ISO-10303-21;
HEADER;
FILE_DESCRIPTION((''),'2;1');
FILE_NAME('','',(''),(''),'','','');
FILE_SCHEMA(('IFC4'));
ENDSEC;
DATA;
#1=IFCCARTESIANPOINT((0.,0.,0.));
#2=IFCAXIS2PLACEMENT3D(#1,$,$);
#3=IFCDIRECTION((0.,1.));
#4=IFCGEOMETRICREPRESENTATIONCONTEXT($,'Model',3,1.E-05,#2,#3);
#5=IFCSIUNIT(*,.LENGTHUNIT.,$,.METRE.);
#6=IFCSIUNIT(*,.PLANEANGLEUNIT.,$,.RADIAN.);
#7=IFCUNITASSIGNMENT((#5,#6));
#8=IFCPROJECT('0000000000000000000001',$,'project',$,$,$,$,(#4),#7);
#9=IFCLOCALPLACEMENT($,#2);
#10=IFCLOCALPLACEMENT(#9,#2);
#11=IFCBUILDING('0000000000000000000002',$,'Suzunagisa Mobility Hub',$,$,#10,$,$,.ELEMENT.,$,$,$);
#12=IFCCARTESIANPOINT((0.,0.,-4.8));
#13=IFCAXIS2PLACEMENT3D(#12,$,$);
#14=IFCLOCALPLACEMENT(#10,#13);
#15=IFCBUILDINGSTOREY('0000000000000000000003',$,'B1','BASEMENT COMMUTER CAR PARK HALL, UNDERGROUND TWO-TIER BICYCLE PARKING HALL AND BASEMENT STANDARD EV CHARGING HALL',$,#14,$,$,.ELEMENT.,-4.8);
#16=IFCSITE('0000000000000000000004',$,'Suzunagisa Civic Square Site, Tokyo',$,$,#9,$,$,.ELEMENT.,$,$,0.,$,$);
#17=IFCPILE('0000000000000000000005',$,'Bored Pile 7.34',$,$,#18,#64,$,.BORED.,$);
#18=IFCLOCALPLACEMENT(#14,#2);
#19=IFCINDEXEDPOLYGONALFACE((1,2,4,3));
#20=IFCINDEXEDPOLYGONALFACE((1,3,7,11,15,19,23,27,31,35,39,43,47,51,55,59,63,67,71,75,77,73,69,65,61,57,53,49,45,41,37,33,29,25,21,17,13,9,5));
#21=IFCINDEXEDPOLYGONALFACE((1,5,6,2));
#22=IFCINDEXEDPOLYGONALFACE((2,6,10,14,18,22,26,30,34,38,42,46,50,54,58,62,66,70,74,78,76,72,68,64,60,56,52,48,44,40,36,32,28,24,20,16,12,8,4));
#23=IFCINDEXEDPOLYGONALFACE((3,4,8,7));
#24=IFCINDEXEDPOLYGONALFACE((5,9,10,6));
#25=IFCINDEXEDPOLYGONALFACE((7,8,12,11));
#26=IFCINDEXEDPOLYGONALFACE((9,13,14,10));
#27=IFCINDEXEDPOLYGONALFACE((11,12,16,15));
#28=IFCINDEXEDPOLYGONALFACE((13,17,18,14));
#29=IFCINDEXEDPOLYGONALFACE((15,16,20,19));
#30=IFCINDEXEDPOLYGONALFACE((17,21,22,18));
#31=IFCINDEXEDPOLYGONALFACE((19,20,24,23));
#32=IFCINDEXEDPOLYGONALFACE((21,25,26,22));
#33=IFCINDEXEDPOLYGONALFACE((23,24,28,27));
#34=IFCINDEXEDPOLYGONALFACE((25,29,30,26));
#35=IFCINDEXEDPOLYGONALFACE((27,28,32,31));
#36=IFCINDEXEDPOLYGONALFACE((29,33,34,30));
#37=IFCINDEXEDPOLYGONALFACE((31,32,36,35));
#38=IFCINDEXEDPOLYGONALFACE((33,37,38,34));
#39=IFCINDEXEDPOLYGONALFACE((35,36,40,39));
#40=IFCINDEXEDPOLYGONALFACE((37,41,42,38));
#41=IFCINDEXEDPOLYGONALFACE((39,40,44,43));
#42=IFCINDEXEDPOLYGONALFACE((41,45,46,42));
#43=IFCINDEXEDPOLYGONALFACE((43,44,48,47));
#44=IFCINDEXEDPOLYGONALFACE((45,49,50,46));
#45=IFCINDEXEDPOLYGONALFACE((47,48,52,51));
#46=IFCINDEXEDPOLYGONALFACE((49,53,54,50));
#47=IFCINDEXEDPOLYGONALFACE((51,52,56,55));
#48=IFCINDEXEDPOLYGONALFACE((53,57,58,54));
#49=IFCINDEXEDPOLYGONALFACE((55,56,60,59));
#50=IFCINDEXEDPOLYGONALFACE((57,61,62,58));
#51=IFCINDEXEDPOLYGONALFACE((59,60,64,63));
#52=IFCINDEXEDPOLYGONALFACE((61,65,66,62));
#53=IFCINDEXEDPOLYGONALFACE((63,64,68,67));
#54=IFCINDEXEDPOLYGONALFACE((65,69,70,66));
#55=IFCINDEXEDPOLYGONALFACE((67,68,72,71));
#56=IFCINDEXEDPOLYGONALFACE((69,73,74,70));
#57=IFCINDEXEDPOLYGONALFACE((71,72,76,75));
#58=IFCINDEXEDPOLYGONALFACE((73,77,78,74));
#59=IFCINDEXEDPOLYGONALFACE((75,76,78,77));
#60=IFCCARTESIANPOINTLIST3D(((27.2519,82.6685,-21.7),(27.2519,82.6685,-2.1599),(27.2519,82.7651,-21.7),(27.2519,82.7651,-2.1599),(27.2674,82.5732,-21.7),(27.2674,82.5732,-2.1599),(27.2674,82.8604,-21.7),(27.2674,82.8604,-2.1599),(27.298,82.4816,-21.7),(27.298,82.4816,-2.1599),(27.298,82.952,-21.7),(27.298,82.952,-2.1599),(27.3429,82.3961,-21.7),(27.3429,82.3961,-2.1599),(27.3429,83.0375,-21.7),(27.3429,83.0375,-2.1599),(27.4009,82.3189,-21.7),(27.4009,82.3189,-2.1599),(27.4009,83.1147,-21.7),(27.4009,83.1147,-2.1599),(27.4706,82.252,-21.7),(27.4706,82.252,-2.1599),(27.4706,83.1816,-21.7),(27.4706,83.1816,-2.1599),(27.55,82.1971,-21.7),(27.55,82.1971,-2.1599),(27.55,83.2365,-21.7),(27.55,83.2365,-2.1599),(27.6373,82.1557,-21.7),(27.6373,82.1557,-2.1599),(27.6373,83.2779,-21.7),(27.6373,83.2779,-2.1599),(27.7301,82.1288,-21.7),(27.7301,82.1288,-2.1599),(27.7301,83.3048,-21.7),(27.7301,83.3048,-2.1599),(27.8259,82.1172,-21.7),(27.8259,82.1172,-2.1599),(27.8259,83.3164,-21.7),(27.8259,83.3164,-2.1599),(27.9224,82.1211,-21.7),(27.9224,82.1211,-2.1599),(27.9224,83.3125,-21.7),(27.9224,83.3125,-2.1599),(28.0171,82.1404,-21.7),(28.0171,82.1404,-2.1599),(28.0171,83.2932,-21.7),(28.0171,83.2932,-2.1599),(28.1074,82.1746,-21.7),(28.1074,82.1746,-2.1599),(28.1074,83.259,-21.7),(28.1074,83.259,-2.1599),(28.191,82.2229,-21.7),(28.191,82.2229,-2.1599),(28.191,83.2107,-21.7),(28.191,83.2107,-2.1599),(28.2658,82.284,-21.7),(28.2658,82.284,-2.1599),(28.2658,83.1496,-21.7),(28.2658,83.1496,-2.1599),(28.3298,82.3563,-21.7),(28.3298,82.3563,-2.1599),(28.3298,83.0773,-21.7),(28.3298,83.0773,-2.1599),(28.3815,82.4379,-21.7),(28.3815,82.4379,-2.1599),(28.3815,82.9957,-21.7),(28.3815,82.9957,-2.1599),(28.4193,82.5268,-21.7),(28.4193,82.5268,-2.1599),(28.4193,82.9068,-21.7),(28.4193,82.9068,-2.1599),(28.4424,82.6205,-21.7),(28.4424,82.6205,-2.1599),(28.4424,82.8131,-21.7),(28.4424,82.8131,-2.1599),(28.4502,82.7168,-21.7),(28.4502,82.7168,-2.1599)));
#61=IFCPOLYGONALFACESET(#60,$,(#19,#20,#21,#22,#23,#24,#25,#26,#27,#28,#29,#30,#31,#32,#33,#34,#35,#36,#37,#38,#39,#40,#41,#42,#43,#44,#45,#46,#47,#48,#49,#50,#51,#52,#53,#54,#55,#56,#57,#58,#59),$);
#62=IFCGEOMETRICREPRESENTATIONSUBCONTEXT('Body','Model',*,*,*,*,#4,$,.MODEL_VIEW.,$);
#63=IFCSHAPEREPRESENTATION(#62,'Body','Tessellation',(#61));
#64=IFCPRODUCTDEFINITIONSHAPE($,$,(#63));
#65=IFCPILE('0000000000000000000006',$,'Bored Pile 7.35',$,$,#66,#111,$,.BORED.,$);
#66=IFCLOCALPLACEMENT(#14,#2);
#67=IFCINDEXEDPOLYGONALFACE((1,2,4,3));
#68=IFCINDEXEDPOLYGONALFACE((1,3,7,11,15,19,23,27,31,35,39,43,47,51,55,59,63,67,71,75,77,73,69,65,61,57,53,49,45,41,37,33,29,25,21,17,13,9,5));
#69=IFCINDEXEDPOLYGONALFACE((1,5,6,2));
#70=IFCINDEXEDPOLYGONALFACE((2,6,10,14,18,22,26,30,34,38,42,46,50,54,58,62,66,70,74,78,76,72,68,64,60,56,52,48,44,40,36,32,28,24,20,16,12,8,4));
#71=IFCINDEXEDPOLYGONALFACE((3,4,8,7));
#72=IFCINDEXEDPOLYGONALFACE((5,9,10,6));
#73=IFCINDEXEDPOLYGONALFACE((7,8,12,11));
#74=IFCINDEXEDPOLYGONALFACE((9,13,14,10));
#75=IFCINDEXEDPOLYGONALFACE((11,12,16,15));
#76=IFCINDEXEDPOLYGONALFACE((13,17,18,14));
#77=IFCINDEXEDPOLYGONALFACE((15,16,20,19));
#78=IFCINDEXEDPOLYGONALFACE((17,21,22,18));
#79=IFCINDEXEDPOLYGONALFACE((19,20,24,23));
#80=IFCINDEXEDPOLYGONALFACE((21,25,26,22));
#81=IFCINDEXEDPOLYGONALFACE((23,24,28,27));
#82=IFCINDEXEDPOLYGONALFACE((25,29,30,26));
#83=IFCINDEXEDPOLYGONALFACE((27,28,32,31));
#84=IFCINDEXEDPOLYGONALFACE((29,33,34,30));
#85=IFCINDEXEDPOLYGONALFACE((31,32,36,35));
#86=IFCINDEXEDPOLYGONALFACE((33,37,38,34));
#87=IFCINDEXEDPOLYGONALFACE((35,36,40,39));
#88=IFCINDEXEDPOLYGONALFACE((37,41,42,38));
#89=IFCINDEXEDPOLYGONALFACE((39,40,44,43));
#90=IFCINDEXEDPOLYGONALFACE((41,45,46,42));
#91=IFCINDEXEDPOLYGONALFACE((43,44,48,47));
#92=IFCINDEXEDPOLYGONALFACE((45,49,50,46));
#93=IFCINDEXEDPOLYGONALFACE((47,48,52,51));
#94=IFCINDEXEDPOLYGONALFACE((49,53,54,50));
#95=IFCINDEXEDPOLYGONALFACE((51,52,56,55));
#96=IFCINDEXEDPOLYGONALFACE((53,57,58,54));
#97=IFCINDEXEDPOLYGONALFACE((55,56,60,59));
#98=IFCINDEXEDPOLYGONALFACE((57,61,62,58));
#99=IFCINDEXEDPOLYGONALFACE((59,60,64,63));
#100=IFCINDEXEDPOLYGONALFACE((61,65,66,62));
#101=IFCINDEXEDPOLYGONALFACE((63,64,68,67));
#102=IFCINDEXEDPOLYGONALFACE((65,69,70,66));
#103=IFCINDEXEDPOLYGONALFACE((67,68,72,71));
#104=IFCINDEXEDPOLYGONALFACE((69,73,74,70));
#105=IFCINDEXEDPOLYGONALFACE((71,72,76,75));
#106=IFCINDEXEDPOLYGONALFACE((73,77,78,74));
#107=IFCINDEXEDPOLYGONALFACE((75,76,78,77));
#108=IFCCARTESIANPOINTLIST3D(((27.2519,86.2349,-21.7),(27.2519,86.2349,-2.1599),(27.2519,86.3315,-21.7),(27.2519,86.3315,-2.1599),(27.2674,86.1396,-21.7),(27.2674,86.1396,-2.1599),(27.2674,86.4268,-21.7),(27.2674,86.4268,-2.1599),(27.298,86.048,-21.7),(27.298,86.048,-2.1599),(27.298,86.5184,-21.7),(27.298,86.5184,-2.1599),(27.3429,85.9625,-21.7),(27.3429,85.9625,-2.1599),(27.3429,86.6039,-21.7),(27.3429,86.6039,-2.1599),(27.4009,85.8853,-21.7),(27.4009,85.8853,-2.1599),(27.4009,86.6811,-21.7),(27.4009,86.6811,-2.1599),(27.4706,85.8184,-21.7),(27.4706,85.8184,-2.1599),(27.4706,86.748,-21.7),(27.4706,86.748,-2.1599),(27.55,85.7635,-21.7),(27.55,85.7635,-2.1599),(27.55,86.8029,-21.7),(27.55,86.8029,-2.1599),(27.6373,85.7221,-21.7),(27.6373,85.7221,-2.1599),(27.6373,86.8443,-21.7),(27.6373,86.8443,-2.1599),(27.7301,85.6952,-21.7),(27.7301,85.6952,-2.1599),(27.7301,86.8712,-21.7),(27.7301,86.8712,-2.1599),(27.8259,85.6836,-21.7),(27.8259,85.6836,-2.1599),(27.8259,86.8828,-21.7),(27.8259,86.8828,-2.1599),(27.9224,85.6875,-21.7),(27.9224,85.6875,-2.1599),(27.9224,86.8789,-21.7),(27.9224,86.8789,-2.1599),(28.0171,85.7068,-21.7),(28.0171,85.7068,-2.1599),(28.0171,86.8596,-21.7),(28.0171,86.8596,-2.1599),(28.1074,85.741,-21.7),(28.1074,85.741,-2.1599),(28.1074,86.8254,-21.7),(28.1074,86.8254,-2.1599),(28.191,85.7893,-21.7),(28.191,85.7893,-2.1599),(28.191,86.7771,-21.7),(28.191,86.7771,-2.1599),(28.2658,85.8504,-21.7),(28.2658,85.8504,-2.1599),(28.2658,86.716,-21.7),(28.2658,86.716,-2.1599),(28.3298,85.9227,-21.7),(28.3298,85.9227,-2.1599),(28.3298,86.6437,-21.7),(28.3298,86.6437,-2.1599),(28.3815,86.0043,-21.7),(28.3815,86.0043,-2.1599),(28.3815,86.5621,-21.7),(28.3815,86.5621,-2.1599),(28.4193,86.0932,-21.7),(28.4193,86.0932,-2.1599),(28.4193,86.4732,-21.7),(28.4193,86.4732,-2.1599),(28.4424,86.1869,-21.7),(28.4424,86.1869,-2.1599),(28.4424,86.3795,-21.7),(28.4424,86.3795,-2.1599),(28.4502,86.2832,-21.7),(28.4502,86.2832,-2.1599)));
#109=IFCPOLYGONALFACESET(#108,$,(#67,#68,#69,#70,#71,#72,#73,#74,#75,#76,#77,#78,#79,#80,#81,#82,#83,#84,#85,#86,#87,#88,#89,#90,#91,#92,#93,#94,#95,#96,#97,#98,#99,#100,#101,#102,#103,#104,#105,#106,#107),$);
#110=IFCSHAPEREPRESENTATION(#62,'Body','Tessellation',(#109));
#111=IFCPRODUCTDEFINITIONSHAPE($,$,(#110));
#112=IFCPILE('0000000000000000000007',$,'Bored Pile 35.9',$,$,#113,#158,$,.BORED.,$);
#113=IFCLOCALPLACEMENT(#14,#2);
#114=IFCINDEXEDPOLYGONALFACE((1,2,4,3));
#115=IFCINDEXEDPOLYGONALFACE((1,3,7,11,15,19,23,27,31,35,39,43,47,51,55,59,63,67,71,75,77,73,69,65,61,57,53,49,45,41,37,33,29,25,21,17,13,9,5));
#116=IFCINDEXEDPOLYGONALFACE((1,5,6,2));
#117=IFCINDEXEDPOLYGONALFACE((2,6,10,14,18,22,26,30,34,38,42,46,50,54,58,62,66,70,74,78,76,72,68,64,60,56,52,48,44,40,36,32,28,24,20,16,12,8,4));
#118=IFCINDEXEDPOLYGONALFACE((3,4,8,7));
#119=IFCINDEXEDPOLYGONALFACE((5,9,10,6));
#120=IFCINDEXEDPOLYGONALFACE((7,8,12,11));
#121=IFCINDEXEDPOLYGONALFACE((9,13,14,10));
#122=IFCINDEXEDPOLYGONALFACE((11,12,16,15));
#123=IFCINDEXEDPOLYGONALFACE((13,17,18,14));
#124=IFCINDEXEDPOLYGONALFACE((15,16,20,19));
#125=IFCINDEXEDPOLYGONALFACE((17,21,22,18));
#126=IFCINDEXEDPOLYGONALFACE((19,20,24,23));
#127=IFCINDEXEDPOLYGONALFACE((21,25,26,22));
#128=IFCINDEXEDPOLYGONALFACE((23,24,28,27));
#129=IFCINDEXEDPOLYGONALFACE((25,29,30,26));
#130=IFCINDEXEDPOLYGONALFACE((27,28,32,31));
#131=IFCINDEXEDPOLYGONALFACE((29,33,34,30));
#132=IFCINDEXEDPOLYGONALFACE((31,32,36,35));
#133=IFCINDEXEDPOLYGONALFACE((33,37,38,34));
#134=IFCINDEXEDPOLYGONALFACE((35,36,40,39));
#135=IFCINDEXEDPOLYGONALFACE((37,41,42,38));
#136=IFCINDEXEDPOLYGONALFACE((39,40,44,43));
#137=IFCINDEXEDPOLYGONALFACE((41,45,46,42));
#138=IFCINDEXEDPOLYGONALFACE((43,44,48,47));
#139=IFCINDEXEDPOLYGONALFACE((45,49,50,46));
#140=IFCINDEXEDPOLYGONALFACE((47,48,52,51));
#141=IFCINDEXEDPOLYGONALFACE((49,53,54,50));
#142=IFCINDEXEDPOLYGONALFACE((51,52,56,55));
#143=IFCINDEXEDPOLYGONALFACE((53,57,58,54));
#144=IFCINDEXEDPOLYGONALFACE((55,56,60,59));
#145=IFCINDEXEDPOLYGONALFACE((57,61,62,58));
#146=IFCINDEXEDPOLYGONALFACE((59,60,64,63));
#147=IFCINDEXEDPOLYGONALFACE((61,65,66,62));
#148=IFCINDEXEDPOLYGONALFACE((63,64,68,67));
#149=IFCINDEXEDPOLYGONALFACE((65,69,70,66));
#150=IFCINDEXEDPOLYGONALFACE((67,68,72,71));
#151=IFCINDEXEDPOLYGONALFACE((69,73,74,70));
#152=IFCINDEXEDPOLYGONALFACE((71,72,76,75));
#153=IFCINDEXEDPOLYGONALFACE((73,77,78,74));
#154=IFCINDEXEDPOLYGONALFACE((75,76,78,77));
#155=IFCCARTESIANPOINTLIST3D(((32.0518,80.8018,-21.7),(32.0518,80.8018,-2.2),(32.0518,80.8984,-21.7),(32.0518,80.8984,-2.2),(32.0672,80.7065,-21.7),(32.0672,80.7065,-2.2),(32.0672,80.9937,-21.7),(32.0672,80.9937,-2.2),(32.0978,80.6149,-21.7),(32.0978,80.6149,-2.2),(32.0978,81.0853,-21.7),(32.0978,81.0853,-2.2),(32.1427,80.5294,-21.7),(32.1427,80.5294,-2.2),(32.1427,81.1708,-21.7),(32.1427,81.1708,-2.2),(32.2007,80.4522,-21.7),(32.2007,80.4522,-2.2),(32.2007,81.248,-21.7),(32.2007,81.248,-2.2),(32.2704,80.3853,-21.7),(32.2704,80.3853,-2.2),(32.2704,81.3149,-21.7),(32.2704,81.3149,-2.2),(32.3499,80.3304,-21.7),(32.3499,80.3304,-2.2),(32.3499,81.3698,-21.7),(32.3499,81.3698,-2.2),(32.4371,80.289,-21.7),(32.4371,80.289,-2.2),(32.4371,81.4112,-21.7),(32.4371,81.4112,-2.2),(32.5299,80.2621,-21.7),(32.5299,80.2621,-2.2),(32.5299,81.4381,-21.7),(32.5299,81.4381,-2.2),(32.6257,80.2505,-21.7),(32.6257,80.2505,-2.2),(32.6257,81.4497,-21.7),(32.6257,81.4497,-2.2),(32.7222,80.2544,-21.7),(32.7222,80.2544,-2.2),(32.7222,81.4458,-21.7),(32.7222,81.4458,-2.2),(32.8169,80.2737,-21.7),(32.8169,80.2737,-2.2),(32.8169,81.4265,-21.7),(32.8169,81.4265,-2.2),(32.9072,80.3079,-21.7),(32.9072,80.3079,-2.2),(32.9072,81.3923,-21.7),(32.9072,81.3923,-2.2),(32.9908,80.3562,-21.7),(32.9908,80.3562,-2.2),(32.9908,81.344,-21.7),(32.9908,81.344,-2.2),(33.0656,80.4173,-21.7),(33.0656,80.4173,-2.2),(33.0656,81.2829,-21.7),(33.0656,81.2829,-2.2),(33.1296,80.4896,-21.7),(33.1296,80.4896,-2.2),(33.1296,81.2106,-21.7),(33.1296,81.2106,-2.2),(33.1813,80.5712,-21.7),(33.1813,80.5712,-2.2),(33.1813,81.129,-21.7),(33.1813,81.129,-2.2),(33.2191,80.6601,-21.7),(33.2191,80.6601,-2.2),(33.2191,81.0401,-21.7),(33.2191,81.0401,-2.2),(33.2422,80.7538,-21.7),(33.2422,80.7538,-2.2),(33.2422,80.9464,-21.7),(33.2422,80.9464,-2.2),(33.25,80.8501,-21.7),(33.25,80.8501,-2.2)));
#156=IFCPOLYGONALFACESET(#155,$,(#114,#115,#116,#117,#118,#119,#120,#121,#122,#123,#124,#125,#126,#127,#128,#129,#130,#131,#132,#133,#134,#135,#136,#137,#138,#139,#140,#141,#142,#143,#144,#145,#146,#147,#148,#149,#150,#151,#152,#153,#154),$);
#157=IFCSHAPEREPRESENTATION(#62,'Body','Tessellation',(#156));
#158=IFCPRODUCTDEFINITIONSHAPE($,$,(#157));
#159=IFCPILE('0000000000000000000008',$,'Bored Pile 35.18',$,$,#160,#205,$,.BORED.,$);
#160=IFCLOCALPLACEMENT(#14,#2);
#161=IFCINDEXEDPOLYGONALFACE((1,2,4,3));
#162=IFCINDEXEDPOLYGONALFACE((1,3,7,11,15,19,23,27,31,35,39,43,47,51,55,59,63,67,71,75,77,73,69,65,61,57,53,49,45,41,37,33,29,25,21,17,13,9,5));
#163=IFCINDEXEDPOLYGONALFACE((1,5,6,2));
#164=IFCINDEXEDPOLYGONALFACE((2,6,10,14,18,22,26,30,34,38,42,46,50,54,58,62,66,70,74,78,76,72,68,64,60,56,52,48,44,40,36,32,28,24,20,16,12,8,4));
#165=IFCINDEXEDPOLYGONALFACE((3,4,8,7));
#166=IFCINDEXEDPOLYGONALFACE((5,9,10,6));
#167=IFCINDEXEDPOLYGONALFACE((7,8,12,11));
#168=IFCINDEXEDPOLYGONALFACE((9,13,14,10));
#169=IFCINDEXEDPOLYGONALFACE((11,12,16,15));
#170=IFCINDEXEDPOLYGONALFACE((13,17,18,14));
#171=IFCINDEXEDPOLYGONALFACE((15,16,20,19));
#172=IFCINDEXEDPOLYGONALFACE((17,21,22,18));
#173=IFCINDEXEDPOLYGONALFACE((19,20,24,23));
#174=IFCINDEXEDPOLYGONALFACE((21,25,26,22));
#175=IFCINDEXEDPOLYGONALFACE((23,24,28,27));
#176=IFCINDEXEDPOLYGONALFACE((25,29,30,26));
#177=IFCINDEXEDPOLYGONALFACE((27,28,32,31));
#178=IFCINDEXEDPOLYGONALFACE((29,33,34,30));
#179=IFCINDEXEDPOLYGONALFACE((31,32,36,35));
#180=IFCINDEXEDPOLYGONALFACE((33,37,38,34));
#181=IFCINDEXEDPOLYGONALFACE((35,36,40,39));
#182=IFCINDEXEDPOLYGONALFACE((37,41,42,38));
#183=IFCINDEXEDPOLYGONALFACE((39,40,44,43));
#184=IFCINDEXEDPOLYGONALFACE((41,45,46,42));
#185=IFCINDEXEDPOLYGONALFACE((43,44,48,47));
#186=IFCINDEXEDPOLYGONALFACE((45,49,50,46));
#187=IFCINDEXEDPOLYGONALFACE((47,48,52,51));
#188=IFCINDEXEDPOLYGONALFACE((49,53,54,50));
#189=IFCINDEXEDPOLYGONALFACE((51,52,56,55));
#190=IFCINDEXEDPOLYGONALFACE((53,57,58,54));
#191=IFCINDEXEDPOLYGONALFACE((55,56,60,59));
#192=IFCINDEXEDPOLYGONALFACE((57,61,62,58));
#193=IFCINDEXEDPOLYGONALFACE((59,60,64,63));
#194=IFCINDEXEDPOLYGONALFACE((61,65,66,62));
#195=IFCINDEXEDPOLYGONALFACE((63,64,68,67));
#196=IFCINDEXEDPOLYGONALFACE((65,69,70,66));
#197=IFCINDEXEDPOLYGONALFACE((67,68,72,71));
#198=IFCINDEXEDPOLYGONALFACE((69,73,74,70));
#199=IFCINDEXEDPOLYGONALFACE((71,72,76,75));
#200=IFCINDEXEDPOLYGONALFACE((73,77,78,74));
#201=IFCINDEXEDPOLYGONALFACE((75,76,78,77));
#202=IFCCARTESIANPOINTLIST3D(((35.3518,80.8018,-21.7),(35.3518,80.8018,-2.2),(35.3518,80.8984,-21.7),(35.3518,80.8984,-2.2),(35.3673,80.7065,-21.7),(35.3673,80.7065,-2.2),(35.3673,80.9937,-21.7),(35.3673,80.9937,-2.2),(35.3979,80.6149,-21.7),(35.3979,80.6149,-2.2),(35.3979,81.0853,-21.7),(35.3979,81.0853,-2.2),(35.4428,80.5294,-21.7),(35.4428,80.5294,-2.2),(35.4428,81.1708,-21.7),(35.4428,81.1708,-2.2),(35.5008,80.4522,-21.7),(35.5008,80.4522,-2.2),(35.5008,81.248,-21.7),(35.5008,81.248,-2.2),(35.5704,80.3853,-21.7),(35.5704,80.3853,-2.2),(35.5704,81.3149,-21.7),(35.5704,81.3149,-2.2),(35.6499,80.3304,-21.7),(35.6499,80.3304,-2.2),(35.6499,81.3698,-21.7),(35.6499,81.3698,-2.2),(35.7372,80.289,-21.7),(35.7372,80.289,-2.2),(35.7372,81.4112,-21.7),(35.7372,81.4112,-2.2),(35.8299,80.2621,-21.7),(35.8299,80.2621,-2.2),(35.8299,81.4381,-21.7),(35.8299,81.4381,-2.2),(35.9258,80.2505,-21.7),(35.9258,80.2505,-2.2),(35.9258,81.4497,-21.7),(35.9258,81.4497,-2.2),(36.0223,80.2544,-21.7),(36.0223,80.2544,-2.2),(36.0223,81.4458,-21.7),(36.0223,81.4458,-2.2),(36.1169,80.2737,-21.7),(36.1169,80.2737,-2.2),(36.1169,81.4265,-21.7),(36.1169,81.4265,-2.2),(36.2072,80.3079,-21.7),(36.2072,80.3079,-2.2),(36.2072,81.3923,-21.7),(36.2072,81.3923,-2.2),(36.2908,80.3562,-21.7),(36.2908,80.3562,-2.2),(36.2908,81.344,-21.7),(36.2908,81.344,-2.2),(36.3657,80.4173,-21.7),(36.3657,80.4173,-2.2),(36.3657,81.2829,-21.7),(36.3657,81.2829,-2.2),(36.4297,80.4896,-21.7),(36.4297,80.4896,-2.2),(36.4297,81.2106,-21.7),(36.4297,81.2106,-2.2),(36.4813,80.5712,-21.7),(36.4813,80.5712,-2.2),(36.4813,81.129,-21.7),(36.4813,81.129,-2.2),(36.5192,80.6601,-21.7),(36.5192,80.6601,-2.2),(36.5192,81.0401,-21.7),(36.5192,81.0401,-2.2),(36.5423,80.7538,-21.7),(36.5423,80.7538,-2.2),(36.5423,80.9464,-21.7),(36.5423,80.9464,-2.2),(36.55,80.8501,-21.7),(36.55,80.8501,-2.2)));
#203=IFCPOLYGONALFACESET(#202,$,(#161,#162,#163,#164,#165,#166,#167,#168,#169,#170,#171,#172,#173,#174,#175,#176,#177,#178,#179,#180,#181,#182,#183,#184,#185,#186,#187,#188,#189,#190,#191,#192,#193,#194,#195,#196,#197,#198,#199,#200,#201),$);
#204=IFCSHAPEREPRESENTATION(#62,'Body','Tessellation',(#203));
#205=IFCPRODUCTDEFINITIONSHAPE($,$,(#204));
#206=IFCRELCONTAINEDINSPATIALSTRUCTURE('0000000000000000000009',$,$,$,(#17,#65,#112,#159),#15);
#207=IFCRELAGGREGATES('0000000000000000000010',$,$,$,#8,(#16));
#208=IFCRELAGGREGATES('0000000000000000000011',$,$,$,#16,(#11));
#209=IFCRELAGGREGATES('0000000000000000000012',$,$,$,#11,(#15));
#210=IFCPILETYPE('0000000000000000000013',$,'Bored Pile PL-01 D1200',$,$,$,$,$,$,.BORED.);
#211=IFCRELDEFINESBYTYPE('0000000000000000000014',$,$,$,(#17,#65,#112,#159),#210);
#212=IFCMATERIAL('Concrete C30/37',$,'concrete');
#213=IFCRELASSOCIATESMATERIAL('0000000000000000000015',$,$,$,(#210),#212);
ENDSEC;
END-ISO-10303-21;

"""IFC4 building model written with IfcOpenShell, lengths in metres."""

from ifc_helpers import new_model, si_unit, direction, frame, origin, origin_2d, place, context, subcontext, project, spatial, circle, extrude, material, material_profile, profile_set, type_object, element, save


model = new_model("IFC4")

# Units and contexts
model_context = context("Model", 3, precision=1e-05, world=origin(), true_north=direction((0.0, 1.0)))
body_context = subcontext(model_context, "Body", "Model", "MODEL_VIEW")
ifc_project = project(units=[si_unit("LENGTHUNIT", "METRE"), si_unit("PLANEANGLEUNIT", "RADIAN")], contexts=[model_context])

# Site, building, storey
site_placement = place(None, origin())
site = spatial("IfcSite", under=ifc_project, at=site_placement, Name="Suzunagisa Civic Square Site, Tokyo", CompositionType="ELEMENT", RefElevation=0.0)
building_placement = place(site_placement, origin())
building = spatial("IfcBuilding", under=site, at=building_placement, Name="Suzunagisa Mobility Hub", CompositionType="ELEMENT")
storey_placement = place(building_placement, frame((0.0, 0.0, -4.8)))
storey = spatial("IfcBuildingStorey", under=building, at=storey_placement, Name="B1", Description="BASEMENT COMMUTER CAR PARK HALL, UNDERGROUND TWO-TIER BICYCLE PARKING HALL AND BASEMENT STANDARD EV CHARGING HALL", CompositionType="ELEMENT", Elevation=-4.8)

# Piles
ifc_material_1 = material(Name="Concrete C30/37", Category="concrete")
ifc_material_profile_1 = material_profile(ifc_material_1, circle(Radius=0.6001, at=origin_2d()), Name="BORED PILE D1200")
ifc_profile_set_1 = profile_set([ifc_material_profile_1], Name="Concrete C30/37")
pile_type = type_object("IfcPileType", Name="Bored Pile PL-01 D1200", PredefinedType="BORED", material=ifc_profile_set_1)
for number, where, z_axis, x_axis, name in (
    (1, (27.8501, 82.7168, -2.1599), (0.0, 0.0, -1.0), (1.0, 0.0, 0.0), "Bored Pile 7.34"),
    (2, (27.8501, 86.2832, -2.1599), (0.0, 0.0, -1.0), (1.0, 0.0, 0.0), "Bored Pile 7.35"),
):
    element("IfcPile", number, at=place(storey_placement, frame(where, z_axis=z_axis, x_axis=x_axis)), inside=storey, type_object=pile_type, Name=name, PredefinedType="BORED", context=body_context, shape_type="SweptSolid", body=[
        extrude(circle(Radius=0.6001, at=origin_2d()), origin(), (0.0, 0.0, 1.0), 19.54),
    ])
for number, where, z_axis, x_axis, name in (
    (3, (32.6499, 80.8501, -2.2), (0.0, 0.0, -1.0), (1.0, 0.0, 0.0), "Bored Pile 35.9"),
    (4, (35.95, 80.8501, -2.2), (0.0, 0.0, -1.0), (1.0, 0.0, 0.0), "Bored Pile 35.18"),
):
    element("IfcPile", number, at=place(storey_placement, frame(where, z_axis=z_axis, x_axis=x_axis)), inside=storey, type_object=pile_type, Name=name, PredefinedType="BORED", context=body_context, shape_type="SweptSolid", body=[
        extrude(circle(Radius=0.6001, at=origin_2d()), origin(), (0.0, 0.0, 1.0), 19.5),
    ])

save(model, "model.ifc")
